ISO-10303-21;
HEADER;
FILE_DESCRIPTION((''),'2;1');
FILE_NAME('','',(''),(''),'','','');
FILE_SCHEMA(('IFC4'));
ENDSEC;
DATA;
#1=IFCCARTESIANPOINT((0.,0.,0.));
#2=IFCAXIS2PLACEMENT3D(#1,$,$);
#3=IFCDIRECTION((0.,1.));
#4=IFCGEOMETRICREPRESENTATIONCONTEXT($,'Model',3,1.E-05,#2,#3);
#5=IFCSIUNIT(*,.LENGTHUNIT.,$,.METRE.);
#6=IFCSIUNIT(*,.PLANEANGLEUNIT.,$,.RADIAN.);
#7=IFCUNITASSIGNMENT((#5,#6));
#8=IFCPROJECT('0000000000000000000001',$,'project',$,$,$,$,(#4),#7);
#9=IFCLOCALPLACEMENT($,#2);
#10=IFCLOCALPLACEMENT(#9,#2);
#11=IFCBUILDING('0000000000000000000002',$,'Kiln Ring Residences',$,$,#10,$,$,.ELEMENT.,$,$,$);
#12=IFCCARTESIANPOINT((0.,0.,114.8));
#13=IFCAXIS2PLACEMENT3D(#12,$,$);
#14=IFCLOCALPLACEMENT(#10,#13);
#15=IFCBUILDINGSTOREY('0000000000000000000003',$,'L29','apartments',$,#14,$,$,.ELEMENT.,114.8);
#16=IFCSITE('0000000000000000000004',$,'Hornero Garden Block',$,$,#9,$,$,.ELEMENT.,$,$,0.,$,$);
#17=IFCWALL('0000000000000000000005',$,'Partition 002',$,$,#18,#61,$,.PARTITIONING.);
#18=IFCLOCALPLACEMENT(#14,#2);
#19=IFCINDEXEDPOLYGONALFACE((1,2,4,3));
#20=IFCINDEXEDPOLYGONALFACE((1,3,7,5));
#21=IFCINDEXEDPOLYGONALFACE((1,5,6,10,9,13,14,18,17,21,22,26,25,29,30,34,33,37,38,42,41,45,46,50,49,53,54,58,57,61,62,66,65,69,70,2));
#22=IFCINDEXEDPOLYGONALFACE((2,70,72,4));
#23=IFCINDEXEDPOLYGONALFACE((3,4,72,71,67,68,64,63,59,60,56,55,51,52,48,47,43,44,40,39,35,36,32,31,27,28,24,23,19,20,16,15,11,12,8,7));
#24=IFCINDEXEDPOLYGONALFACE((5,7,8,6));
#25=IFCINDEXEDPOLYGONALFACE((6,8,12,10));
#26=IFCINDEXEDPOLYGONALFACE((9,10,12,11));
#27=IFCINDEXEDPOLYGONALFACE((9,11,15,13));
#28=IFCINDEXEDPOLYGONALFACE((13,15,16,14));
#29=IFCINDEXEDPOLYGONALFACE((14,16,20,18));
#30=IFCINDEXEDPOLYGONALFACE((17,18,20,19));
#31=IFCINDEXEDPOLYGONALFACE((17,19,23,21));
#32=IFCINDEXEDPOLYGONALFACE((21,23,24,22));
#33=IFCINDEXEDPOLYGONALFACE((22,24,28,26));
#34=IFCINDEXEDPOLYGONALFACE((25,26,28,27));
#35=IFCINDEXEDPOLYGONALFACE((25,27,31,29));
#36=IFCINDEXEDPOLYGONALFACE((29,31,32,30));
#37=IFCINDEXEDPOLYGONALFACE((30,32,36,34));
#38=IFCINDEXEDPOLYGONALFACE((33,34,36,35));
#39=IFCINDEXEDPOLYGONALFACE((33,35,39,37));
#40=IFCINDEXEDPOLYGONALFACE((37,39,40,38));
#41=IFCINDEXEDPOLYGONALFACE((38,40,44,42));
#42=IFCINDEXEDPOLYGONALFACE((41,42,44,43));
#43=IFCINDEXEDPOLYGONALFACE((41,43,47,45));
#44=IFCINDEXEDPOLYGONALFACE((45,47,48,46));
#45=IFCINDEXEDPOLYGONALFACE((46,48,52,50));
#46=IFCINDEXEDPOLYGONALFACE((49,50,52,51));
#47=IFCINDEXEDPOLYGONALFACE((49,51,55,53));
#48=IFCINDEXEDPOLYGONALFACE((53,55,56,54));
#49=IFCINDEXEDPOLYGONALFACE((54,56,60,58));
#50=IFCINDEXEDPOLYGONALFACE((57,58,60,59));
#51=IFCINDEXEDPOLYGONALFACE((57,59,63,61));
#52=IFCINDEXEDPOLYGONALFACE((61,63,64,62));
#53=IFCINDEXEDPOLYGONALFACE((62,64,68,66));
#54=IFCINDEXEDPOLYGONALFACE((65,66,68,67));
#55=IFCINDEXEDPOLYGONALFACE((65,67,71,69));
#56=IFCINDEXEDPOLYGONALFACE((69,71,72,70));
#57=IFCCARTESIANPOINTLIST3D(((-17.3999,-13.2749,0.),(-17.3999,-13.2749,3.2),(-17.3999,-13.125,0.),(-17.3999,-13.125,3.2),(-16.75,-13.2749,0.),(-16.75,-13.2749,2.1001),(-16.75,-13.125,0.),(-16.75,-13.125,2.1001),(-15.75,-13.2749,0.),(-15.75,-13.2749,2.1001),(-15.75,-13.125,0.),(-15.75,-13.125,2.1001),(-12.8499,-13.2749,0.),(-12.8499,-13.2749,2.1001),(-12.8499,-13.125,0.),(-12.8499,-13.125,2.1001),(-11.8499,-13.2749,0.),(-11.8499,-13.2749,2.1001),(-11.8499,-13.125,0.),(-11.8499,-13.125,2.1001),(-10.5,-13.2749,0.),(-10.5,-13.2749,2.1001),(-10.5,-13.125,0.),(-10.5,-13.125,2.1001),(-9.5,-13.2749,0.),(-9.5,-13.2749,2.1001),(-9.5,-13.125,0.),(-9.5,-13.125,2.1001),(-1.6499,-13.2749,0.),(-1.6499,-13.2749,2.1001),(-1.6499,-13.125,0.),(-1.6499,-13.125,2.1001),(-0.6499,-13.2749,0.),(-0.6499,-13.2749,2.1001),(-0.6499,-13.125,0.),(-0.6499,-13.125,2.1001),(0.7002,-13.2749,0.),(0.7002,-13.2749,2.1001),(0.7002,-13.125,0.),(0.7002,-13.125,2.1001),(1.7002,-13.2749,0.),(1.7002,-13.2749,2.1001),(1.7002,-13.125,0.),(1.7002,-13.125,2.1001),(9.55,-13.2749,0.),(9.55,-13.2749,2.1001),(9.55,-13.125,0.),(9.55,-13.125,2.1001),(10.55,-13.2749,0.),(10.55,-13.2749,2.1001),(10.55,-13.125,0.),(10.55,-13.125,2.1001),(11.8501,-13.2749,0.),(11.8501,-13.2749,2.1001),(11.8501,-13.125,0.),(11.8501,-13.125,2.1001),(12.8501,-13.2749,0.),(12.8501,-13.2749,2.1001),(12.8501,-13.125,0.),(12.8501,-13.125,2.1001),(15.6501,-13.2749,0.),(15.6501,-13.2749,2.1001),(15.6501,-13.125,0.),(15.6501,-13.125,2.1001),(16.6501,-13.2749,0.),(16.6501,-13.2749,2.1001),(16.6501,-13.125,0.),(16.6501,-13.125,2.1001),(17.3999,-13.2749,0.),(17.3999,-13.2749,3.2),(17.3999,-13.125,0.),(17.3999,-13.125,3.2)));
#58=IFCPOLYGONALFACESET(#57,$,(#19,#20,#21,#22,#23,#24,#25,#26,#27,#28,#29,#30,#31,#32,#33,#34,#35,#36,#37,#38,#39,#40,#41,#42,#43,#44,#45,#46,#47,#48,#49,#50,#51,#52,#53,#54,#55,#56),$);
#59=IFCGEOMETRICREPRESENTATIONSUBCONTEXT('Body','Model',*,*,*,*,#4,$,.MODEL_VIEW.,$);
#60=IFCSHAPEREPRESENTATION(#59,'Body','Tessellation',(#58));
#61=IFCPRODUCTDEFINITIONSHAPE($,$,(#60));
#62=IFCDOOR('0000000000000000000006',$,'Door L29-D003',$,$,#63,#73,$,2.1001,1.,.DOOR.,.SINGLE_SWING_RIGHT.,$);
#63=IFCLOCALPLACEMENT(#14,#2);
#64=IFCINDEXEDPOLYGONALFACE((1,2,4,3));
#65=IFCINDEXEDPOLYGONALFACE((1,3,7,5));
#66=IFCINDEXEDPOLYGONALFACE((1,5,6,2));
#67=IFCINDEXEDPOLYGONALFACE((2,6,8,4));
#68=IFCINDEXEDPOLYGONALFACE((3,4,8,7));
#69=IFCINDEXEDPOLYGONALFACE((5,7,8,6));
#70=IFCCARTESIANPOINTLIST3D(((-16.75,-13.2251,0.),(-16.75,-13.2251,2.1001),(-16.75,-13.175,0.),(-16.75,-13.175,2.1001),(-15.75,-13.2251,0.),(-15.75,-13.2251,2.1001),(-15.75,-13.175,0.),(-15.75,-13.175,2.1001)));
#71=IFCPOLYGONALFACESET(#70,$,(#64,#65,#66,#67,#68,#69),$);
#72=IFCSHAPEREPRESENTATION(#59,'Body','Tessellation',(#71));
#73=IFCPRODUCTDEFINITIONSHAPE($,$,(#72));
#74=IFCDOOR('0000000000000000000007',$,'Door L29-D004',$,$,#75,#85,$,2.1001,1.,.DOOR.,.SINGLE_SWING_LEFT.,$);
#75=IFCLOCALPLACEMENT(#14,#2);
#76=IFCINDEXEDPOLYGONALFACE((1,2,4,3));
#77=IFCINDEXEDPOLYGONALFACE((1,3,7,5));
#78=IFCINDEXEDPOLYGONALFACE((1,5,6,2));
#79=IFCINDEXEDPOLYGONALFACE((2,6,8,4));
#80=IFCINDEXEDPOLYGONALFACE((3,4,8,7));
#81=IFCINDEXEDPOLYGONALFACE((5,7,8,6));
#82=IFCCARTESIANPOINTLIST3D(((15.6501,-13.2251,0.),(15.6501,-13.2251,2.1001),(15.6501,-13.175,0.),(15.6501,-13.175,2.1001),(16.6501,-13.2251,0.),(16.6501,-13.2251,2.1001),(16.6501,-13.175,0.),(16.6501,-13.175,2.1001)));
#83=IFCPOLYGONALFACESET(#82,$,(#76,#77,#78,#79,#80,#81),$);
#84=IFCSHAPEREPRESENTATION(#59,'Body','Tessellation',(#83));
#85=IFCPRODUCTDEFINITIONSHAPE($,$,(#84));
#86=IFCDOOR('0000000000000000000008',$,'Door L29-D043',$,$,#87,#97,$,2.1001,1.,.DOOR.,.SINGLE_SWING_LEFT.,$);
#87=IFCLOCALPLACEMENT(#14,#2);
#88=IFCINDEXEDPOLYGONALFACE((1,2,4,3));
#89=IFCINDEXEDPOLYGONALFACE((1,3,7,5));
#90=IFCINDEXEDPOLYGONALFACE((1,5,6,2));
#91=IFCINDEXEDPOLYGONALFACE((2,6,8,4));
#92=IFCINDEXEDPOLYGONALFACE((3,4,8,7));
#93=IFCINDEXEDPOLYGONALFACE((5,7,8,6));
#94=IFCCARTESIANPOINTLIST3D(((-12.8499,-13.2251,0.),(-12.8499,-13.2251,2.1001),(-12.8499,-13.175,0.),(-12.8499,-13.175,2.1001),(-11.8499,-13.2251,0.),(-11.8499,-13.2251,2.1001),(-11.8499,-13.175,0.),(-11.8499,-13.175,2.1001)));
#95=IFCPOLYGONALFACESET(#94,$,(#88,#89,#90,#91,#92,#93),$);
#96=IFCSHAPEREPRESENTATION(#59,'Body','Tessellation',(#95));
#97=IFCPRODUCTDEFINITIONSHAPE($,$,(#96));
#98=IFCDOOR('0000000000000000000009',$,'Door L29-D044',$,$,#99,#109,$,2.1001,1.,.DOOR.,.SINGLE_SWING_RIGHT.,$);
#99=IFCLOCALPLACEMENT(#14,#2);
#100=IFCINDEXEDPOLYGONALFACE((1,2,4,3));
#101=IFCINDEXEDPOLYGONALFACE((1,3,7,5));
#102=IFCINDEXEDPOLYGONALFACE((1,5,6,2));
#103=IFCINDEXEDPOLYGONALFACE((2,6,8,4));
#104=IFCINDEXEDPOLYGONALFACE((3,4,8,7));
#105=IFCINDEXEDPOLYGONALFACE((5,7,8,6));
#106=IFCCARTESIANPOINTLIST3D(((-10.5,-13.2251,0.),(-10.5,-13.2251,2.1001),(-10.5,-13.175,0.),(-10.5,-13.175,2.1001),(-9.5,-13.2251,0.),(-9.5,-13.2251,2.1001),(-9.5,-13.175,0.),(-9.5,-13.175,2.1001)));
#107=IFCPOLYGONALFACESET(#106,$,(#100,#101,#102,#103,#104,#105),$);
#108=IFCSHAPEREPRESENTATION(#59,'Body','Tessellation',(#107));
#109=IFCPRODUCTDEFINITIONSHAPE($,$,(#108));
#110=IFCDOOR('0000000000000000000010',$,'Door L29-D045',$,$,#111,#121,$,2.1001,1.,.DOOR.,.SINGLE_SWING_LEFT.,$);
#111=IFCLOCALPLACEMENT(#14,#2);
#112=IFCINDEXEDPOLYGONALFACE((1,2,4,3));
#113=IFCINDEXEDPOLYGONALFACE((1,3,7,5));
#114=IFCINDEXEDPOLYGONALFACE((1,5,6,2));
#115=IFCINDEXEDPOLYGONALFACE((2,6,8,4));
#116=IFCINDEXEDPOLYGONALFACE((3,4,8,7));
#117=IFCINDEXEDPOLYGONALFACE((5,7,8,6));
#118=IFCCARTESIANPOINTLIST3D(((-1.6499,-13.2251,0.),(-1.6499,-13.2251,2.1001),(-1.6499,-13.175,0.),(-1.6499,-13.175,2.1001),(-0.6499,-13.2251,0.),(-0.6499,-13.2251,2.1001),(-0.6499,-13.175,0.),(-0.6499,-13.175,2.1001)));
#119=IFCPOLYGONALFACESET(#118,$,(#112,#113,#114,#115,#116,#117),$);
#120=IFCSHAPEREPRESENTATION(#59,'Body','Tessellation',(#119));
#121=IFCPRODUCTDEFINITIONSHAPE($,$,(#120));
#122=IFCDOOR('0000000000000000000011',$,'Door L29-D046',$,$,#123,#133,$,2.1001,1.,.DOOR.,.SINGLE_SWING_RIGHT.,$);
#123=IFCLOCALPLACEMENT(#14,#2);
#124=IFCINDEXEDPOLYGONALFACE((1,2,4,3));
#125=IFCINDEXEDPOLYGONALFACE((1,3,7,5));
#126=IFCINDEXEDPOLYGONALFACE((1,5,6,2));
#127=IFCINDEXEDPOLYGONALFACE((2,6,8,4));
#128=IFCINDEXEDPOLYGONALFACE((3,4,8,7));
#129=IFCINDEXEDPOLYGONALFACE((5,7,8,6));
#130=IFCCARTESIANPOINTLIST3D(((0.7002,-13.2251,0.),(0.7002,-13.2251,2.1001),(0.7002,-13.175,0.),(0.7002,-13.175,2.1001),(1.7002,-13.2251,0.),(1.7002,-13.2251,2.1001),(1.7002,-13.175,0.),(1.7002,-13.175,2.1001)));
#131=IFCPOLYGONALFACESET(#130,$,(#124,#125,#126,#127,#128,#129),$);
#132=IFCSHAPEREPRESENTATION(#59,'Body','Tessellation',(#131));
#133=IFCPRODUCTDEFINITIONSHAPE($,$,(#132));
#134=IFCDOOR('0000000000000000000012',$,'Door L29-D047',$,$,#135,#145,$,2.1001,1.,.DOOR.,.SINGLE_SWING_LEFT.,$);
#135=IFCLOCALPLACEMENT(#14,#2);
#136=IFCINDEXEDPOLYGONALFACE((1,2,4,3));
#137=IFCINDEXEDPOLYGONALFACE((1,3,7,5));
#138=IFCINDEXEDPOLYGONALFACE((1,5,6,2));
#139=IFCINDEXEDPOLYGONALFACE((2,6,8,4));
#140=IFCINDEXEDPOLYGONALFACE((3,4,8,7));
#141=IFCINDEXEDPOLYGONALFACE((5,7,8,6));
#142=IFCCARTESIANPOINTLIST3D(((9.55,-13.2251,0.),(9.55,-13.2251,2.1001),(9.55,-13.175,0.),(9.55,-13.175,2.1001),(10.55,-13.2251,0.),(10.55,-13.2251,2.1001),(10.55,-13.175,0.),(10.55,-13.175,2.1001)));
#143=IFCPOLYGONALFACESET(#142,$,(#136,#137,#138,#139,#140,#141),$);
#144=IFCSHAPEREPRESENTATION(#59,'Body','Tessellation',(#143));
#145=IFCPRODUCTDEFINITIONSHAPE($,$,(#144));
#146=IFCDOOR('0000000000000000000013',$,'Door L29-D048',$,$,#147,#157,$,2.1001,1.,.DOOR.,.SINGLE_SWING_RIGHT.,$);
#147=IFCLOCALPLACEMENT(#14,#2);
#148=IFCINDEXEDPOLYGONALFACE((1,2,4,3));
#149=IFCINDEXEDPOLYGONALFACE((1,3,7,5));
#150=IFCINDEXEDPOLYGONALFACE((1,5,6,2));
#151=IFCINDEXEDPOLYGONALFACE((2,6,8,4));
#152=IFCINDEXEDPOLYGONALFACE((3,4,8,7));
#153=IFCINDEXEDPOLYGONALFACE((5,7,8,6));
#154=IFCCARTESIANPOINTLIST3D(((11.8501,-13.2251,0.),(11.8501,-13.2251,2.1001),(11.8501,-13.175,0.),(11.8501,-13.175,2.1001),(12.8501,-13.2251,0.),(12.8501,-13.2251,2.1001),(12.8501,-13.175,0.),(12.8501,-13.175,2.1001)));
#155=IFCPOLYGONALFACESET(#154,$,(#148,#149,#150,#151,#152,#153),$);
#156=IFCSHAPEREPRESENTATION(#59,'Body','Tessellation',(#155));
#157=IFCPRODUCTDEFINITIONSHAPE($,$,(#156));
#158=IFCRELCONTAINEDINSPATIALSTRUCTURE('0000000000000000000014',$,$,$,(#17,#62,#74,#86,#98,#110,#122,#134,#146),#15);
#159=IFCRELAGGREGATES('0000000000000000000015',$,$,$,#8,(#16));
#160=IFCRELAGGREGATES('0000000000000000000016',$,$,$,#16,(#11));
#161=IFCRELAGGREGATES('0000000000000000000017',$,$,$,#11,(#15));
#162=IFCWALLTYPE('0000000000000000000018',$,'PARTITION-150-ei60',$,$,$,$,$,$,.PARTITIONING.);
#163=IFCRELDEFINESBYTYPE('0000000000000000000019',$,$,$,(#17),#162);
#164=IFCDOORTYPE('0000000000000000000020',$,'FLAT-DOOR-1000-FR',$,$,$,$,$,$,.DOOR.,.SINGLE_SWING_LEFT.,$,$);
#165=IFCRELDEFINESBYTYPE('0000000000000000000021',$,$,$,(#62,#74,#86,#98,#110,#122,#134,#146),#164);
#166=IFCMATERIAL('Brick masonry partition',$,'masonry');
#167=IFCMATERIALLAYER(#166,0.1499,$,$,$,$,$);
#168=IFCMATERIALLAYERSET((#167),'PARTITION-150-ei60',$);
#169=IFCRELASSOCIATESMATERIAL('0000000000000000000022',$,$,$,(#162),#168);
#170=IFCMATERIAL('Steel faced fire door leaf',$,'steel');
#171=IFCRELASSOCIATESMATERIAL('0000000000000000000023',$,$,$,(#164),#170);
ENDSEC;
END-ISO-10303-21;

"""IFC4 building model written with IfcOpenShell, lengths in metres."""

from ifc_helpers import new_model, si_unit, direction, frame, frame_2d, origin, place, context, subcontext, project, spatial, rectangle, extrude, material, layer, layer_set, type_object, element, fill, save


model = new_model("IFC4")

# Units and contexts
model_context = context("Model", 3, precision=1e-05, world=origin(), true_north=direction((0.0, 1.0)))
body_context = subcontext(model_context, "Body", "Model", "MODEL_VIEW")
ifc_project = project(units=[si_unit("LENGTHUNIT", "METRE"), si_unit("PLANEANGLEUNIT", "RADIAN")], contexts=[model_context])

# Site, building, storey
site_placement = place(None, origin())
site = spatial("IfcSite", under=ifc_project, at=site_placement, Name="Hornero Garden Block", CompositionType="ELEMENT", RefElevation=0.0)
building_placement = place(site_placement, origin())
building = spatial("IfcBuilding", under=site, at=building_placement, Name="Kiln Ring Residences", CompositionType="ELEMENT")
storey_placement = place(building_placement, frame((0.0, 0.0, 114.8)))
storey = spatial("IfcBuildingStorey", under=building, at=storey_placement, Name="L29", Description="apartments", CompositionType="ELEMENT", Elevation=114.8)

# Wall, openings, doors
ifc_material_1 = material(Name="Brick masonry partition", Category="masonry")
ifc_layer_1 = layer(ifc_material_1, 0.1499)
ifc_layer_set_1 = layer_set([ifc_layer_1], Name="PARTITION-150-ei60")
wall_type_1 = type_object("IfcWallType", Name="PARTITION-150-ei60", PredefinedType="PARTITIONING", material=ifc_layer_set_1)
wall_1_placement = place(storey_placement, frame((-17.3999, -13.2, 0.0), z_axis=(0.0, 0.0, 1.0), x_axis=(1.0, 0.0, 0.0)))
wall_1 = element("IfcWall", 1, at=wall_1_placement, inside=storey, type_object=wall_type_1, Name="Partition 002", PredefinedType="PARTITIONING", context=body_context, shape_type="SweptSolid", body=[
    extrude(rectangle(XDim=34.7998, YDim=0.1499, at=frame_2d((17.3999, 0.0))), origin(), (0.0, 0.0, 1.0), 3.2),
])
opening_1_placement = place(wall_1_placement, frame((0.6499, 0.0, 0.0)))
opening_1 = element("IfcOpeningElement", 2, at=opening_1_placement, cuts=wall_1, PredefinedType="OPENING", context=body_context, shape_type="SweptSolid", body=[
    extrude(rectangle(XDim=1.0, YDim=2.1001, at=frame_2d((0.5, 1.05))), frame((0.0, 0.085, 0.0), z_axis=(0.0, -1.0, 0.0), x_axis=(1.0, 0.0, 0.0)), (0.0, 0.0, 1.0), 0.1699),
])
opening_2_placement = place(wall_1_placement, frame((33.05, 0.0, 0.0)))
opening_2 = element("IfcOpeningElement", 3, at=opening_2_placement, cuts=wall_1, PredefinedType="OPENING", context=body_context, shape_type="SweptSolid", body=[
    extrude(rectangle(XDim=1.0, YDim=2.1001, at=frame_2d((0.5, 1.05))), frame((0.0, 0.085, 0.0), z_axis=(0.0, -1.0, 0.0), x_axis=(1.0, 0.0, 0.0)), (0.0, 0.0, 1.0), 0.1699),
])
opening_3_placement = place(wall_1_placement, frame((4.55, 0.0, 0.0)))
opening_3 = element("IfcOpeningElement", 4, at=opening_3_placement, cuts=wall_1, PredefinedType="OPENING", context=body_context, shape_type="SweptSolid", body=[
    extrude(rectangle(XDim=1.0, YDim=2.1001, at=frame_2d((0.5, 1.05))), frame((0.0, 0.085, 0.0), z_axis=(0.0, -1.0, 0.0), x_axis=(1.0, 0.0, 0.0)), (0.0, 0.0, 1.0), 0.1699),
])
opening_4_placement = place(wall_1_placement, frame((6.8999, 0.0, 0.0)))
opening_4 = element("IfcOpeningElement", 5, at=opening_4_placement, cuts=wall_1, PredefinedType="OPENING", context=body_context, shape_type="SweptSolid", body=[
    extrude(rectangle(XDim=1.0, YDim=2.1001, at=frame_2d((0.5, 1.05))), frame((0.0, 0.085, 0.0), z_axis=(0.0, -1.0, 0.0), x_axis=(1.0, 0.0, 0.0)), (0.0, 0.0, 1.0), 0.1699),
])
opening_5_placement = place(wall_1_placement, frame((15.75, 0.0, 0.0)))
opening_5 = element("IfcOpeningElement", 6, at=opening_5_placement, cuts=wall_1, PredefinedType="OPENING", context=body_context, shape_type="SweptSolid", body=[
    extrude(rectangle(XDim=1.0, YDim=2.1001, at=frame_2d((0.5, 1.05))), frame((0.0, 0.085, 0.0), z_axis=(0.0, -1.0, 0.0), x_axis=(1.0, 0.0, 0.0)), (0.0, 0.0, 1.0), 0.1699),
])
opening_6_placement = place(wall_1_placement, frame((18.1001, 0.0, 0.0)))
opening_6 = element("IfcOpeningElement", 7, at=opening_6_placement, cuts=wall_1, PredefinedType="OPENING", context=body_context, shape_type="SweptSolid", body=[
    extrude(rectangle(XDim=1.0, YDim=2.1001, at=frame_2d((0.5, 1.05))), frame((0.0, 0.085, 0.0), z_axis=(0.0, -1.0, 0.0), x_axis=(1.0, 0.0, 0.0)), (0.0, 0.0, 1.0), 0.1699),
])
opening_7_placement = place(wall_1_placement, frame((26.95, 0.0, 0.0)))
opening_7 = element("IfcOpeningElement", 8, at=opening_7_placement, cuts=wall_1, PredefinedType="OPENING", context=body_context, shape_type="SweptSolid", body=[
    extrude(rectangle(XDim=1.0, YDim=2.1001, at=frame_2d((0.5, 1.05))), frame((0.0, 0.085, 0.0), z_axis=(0.0, -1.0, 0.0), x_axis=(1.0, 0.0, 0.0)), (0.0, 0.0, 1.0), 0.1699),
])
opening_8_placement = place(wall_1_placement, frame((29.25, 0.0, 0.0)))
opening_8 = element("IfcOpeningElement", 9, at=opening_8_placement, cuts=wall_1, PredefinedType="OPENING", context=body_context, shape_type="SweptSolid", body=[
    extrude(rectangle(XDim=1.0, YDim=2.1001, at=frame_2d((0.5, 1.05))), frame((0.0, 0.085, 0.0), z_axis=(0.0, -1.0, 0.0), x_axis=(1.0, 0.0, 0.0)), (0.0, 0.0, 1.0), 0.1699),
])
ifc_material_2 = material(Name="Steel faced fire door leaf", Category="steel")
door_type_1 = type_object("IfcDoorType", Name="FLAT-DOOR-1000-FR", OperationType="SINGLE_SWING_LEFT", PredefinedType="DOOR", material=ifc_material_2)
door_1_placement = place(opening_1_placement, origin())
door_1 = element("IfcDoor", 10, at=door_1_placement, inside=storey, type_object=door_type_1, Name="Door L29-D003", OperationType="SINGLE_SWING_RIGHT", OverallHeight=2.1001, OverallWidth=1.0, PredefinedType="DOOR", context=body_context, shape_type="SweptSolid", body=[
    extrude(rectangle(XDim=1.0, YDim=2.1001, at=frame_2d((0.5, 1.05))), frame((0.0, 0.0249, 0.0), z_axis=(0.0, -1.0, 0.0), x_axis=(1.0, 0.0, 0.0)), (0.0, 0.0, 1.0), 0.05),
])
fill(opening_1, door_1)
door_2_placement = place(opening_2_placement, origin())
door_2 = element("IfcDoor", 11, at=door_2_placement, inside=storey, type_object=door_type_1, Name="Door L29-D004", OperationType="SINGLE_SWING_LEFT", OverallHeight=2.1001, OverallWidth=1.0, PredefinedType="DOOR", context=body_context, shape_type="SweptSolid", body=[
    extrude(rectangle(XDim=1.0, YDim=2.1001, at=frame_2d((0.5, 1.05))), frame((0.0, 0.0249, 0.0), z_axis=(0.0, -1.0, 0.0), x_axis=(1.0, 0.0, 0.0)), (0.0, 0.0, 1.0), 0.05),
])
fill(opening_2, door_2)
door_3_placement = place(opening_3_placement, origin())
door_3 = element("IfcDoor", 12, at=door_3_placement, inside=storey, type_object=door_type_1, Name="Door L29-D043", OperationType="SINGLE_SWING_LEFT", OverallHeight=2.1001, OverallWidth=1.0, PredefinedType="DOOR", context=body_context, shape_type="SweptSolid", body=[
    extrude(rectangle(XDim=1.0, YDim=2.1001, at=frame_2d((0.5, 1.05))), frame((0.0, 0.0249, 0.0), z_axis=(0.0, -1.0, 0.0), x_axis=(1.0, 0.0, 0.0)), (0.0, 0.0, 1.0), 0.05),
])
fill(opening_3, door_3)
door_4_placement = place(opening_4_placement, origin())
door_4 = element("IfcDoor", 13, at=door_4_placement, inside=storey, type_object=door_type_1, Name="Door L29-D044", OperationType="SINGLE_SWING_RIGHT", OverallHeight=2.1001, OverallWidth=1.0, PredefinedType="DOOR", context=body_context, shape_type="SweptSolid", body=[
    extrude(rectangle(XDim=1.0, YDim=2.1001, at=frame_2d((0.5, 1.05))), frame((0.0, 0.0249, 0.0), z_axis=(0.0, -1.0, 0.0), x_axis=(1.0, 0.0, 0.0)), (0.0, 0.0, 1.0), 0.05),
])
fill(opening_4, door_4)
door_5_placement = place(opening_5_placement, origin())
door_5 = element("IfcDoor", 14, at=door_5_placement, inside=storey, type_object=door_type_1, Name="Door L29-D045", OperationType="SINGLE_SWING_LEFT", OverallHeight=2.1001, OverallWidth=1.0, PredefinedType="DOOR", context=body_context, shape_type="SweptSolid", body=[
    extrude(rectangle(XDim=1.0, YDim=2.1001, at=frame_2d((0.5, 1.05))), frame((0.0, 0.0249, 0.0), z_axis=(0.0, -1.0, 0.0), x_axis=(1.0, 0.0, 0.0)), (0.0, 0.0, 1.0), 0.05),
])
fill(opening_5, door_5)
door_6_placement = place(opening_6_placement, origin())
door_6 = element("IfcDoor", 15, at=door_6_placement, inside=storey, type_object=door_type_1, Name="Door L29-D046", OperationType="SINGLE_SWING_RIGHT", OverallHeight=2.1001, OverallWidth=1.0, PredefinedType="DOOR", context=body_context, shape_type="SweptSolid", body=[
    extrude(rectangle(XDim=1.0, YDim=2.1001, at=frame_2d((0.5, 1.05))), frame((0.0, 0.0249, 0.0), z_axis=(0.0, -1.0, 0.0), x_axis=(1.0, 0.0, 0.0)), (0.0, 0.0, 1.0), 0.05),
])
fill(opening_6, door_6)
door_7_placement = place(opening_7_placement, origin())
door_7 = element("IfcDoor", 16, at=door_7_placement, inside=storey, type_object=door_type_1, Name="Door L29-D047", OperationType="SINGLE_SWING_LEFT", OverallHeight=2.1001, OverallWidth=1.0, PredefinedType="DOOR", context=body_context, shape_type="SweptSolid", body=[
    extrude(rectangle(XDim=1.0, YDim=2.1001, at=frame_2d((0.5, 1.05))), frame((0.0, 0.0249, 0.0), z_axis=(0.0, -1.0, 0.0), x_axis=(1.0, 0.0, 0.0)), (0.0, 0.0, 1.0), 0.05),
])
fill(opening_7, door_7)
door_8_placement = place(opening_8_placement, origin())
door_8 = element("IfcDoor", 17, at=door_8_placement, inside=storey, type_object=door_type_1, Name="Door L29-D048", OperationType="SINGLE_SWING_RIGHT", OverallHeight=2.1001, OverallWidth=1.0, PredefinedType="DOOR", context=body_context, shape_type="SweptSolid", body=[
    extrude(rectangle(XDim=1.0, YDim=2.1001, at=frame_2d((0.5, 1.05))), frame((0.0, 0.0249, 0.0), z_axis=(0.0, -1.0, 0.0), x_axis=(1.0, 0.0, 0.0)), (0.0, 0.0, 1.0), 0.05),
])
fill(opening_8, door_8)

save(model, "model.ifc")
